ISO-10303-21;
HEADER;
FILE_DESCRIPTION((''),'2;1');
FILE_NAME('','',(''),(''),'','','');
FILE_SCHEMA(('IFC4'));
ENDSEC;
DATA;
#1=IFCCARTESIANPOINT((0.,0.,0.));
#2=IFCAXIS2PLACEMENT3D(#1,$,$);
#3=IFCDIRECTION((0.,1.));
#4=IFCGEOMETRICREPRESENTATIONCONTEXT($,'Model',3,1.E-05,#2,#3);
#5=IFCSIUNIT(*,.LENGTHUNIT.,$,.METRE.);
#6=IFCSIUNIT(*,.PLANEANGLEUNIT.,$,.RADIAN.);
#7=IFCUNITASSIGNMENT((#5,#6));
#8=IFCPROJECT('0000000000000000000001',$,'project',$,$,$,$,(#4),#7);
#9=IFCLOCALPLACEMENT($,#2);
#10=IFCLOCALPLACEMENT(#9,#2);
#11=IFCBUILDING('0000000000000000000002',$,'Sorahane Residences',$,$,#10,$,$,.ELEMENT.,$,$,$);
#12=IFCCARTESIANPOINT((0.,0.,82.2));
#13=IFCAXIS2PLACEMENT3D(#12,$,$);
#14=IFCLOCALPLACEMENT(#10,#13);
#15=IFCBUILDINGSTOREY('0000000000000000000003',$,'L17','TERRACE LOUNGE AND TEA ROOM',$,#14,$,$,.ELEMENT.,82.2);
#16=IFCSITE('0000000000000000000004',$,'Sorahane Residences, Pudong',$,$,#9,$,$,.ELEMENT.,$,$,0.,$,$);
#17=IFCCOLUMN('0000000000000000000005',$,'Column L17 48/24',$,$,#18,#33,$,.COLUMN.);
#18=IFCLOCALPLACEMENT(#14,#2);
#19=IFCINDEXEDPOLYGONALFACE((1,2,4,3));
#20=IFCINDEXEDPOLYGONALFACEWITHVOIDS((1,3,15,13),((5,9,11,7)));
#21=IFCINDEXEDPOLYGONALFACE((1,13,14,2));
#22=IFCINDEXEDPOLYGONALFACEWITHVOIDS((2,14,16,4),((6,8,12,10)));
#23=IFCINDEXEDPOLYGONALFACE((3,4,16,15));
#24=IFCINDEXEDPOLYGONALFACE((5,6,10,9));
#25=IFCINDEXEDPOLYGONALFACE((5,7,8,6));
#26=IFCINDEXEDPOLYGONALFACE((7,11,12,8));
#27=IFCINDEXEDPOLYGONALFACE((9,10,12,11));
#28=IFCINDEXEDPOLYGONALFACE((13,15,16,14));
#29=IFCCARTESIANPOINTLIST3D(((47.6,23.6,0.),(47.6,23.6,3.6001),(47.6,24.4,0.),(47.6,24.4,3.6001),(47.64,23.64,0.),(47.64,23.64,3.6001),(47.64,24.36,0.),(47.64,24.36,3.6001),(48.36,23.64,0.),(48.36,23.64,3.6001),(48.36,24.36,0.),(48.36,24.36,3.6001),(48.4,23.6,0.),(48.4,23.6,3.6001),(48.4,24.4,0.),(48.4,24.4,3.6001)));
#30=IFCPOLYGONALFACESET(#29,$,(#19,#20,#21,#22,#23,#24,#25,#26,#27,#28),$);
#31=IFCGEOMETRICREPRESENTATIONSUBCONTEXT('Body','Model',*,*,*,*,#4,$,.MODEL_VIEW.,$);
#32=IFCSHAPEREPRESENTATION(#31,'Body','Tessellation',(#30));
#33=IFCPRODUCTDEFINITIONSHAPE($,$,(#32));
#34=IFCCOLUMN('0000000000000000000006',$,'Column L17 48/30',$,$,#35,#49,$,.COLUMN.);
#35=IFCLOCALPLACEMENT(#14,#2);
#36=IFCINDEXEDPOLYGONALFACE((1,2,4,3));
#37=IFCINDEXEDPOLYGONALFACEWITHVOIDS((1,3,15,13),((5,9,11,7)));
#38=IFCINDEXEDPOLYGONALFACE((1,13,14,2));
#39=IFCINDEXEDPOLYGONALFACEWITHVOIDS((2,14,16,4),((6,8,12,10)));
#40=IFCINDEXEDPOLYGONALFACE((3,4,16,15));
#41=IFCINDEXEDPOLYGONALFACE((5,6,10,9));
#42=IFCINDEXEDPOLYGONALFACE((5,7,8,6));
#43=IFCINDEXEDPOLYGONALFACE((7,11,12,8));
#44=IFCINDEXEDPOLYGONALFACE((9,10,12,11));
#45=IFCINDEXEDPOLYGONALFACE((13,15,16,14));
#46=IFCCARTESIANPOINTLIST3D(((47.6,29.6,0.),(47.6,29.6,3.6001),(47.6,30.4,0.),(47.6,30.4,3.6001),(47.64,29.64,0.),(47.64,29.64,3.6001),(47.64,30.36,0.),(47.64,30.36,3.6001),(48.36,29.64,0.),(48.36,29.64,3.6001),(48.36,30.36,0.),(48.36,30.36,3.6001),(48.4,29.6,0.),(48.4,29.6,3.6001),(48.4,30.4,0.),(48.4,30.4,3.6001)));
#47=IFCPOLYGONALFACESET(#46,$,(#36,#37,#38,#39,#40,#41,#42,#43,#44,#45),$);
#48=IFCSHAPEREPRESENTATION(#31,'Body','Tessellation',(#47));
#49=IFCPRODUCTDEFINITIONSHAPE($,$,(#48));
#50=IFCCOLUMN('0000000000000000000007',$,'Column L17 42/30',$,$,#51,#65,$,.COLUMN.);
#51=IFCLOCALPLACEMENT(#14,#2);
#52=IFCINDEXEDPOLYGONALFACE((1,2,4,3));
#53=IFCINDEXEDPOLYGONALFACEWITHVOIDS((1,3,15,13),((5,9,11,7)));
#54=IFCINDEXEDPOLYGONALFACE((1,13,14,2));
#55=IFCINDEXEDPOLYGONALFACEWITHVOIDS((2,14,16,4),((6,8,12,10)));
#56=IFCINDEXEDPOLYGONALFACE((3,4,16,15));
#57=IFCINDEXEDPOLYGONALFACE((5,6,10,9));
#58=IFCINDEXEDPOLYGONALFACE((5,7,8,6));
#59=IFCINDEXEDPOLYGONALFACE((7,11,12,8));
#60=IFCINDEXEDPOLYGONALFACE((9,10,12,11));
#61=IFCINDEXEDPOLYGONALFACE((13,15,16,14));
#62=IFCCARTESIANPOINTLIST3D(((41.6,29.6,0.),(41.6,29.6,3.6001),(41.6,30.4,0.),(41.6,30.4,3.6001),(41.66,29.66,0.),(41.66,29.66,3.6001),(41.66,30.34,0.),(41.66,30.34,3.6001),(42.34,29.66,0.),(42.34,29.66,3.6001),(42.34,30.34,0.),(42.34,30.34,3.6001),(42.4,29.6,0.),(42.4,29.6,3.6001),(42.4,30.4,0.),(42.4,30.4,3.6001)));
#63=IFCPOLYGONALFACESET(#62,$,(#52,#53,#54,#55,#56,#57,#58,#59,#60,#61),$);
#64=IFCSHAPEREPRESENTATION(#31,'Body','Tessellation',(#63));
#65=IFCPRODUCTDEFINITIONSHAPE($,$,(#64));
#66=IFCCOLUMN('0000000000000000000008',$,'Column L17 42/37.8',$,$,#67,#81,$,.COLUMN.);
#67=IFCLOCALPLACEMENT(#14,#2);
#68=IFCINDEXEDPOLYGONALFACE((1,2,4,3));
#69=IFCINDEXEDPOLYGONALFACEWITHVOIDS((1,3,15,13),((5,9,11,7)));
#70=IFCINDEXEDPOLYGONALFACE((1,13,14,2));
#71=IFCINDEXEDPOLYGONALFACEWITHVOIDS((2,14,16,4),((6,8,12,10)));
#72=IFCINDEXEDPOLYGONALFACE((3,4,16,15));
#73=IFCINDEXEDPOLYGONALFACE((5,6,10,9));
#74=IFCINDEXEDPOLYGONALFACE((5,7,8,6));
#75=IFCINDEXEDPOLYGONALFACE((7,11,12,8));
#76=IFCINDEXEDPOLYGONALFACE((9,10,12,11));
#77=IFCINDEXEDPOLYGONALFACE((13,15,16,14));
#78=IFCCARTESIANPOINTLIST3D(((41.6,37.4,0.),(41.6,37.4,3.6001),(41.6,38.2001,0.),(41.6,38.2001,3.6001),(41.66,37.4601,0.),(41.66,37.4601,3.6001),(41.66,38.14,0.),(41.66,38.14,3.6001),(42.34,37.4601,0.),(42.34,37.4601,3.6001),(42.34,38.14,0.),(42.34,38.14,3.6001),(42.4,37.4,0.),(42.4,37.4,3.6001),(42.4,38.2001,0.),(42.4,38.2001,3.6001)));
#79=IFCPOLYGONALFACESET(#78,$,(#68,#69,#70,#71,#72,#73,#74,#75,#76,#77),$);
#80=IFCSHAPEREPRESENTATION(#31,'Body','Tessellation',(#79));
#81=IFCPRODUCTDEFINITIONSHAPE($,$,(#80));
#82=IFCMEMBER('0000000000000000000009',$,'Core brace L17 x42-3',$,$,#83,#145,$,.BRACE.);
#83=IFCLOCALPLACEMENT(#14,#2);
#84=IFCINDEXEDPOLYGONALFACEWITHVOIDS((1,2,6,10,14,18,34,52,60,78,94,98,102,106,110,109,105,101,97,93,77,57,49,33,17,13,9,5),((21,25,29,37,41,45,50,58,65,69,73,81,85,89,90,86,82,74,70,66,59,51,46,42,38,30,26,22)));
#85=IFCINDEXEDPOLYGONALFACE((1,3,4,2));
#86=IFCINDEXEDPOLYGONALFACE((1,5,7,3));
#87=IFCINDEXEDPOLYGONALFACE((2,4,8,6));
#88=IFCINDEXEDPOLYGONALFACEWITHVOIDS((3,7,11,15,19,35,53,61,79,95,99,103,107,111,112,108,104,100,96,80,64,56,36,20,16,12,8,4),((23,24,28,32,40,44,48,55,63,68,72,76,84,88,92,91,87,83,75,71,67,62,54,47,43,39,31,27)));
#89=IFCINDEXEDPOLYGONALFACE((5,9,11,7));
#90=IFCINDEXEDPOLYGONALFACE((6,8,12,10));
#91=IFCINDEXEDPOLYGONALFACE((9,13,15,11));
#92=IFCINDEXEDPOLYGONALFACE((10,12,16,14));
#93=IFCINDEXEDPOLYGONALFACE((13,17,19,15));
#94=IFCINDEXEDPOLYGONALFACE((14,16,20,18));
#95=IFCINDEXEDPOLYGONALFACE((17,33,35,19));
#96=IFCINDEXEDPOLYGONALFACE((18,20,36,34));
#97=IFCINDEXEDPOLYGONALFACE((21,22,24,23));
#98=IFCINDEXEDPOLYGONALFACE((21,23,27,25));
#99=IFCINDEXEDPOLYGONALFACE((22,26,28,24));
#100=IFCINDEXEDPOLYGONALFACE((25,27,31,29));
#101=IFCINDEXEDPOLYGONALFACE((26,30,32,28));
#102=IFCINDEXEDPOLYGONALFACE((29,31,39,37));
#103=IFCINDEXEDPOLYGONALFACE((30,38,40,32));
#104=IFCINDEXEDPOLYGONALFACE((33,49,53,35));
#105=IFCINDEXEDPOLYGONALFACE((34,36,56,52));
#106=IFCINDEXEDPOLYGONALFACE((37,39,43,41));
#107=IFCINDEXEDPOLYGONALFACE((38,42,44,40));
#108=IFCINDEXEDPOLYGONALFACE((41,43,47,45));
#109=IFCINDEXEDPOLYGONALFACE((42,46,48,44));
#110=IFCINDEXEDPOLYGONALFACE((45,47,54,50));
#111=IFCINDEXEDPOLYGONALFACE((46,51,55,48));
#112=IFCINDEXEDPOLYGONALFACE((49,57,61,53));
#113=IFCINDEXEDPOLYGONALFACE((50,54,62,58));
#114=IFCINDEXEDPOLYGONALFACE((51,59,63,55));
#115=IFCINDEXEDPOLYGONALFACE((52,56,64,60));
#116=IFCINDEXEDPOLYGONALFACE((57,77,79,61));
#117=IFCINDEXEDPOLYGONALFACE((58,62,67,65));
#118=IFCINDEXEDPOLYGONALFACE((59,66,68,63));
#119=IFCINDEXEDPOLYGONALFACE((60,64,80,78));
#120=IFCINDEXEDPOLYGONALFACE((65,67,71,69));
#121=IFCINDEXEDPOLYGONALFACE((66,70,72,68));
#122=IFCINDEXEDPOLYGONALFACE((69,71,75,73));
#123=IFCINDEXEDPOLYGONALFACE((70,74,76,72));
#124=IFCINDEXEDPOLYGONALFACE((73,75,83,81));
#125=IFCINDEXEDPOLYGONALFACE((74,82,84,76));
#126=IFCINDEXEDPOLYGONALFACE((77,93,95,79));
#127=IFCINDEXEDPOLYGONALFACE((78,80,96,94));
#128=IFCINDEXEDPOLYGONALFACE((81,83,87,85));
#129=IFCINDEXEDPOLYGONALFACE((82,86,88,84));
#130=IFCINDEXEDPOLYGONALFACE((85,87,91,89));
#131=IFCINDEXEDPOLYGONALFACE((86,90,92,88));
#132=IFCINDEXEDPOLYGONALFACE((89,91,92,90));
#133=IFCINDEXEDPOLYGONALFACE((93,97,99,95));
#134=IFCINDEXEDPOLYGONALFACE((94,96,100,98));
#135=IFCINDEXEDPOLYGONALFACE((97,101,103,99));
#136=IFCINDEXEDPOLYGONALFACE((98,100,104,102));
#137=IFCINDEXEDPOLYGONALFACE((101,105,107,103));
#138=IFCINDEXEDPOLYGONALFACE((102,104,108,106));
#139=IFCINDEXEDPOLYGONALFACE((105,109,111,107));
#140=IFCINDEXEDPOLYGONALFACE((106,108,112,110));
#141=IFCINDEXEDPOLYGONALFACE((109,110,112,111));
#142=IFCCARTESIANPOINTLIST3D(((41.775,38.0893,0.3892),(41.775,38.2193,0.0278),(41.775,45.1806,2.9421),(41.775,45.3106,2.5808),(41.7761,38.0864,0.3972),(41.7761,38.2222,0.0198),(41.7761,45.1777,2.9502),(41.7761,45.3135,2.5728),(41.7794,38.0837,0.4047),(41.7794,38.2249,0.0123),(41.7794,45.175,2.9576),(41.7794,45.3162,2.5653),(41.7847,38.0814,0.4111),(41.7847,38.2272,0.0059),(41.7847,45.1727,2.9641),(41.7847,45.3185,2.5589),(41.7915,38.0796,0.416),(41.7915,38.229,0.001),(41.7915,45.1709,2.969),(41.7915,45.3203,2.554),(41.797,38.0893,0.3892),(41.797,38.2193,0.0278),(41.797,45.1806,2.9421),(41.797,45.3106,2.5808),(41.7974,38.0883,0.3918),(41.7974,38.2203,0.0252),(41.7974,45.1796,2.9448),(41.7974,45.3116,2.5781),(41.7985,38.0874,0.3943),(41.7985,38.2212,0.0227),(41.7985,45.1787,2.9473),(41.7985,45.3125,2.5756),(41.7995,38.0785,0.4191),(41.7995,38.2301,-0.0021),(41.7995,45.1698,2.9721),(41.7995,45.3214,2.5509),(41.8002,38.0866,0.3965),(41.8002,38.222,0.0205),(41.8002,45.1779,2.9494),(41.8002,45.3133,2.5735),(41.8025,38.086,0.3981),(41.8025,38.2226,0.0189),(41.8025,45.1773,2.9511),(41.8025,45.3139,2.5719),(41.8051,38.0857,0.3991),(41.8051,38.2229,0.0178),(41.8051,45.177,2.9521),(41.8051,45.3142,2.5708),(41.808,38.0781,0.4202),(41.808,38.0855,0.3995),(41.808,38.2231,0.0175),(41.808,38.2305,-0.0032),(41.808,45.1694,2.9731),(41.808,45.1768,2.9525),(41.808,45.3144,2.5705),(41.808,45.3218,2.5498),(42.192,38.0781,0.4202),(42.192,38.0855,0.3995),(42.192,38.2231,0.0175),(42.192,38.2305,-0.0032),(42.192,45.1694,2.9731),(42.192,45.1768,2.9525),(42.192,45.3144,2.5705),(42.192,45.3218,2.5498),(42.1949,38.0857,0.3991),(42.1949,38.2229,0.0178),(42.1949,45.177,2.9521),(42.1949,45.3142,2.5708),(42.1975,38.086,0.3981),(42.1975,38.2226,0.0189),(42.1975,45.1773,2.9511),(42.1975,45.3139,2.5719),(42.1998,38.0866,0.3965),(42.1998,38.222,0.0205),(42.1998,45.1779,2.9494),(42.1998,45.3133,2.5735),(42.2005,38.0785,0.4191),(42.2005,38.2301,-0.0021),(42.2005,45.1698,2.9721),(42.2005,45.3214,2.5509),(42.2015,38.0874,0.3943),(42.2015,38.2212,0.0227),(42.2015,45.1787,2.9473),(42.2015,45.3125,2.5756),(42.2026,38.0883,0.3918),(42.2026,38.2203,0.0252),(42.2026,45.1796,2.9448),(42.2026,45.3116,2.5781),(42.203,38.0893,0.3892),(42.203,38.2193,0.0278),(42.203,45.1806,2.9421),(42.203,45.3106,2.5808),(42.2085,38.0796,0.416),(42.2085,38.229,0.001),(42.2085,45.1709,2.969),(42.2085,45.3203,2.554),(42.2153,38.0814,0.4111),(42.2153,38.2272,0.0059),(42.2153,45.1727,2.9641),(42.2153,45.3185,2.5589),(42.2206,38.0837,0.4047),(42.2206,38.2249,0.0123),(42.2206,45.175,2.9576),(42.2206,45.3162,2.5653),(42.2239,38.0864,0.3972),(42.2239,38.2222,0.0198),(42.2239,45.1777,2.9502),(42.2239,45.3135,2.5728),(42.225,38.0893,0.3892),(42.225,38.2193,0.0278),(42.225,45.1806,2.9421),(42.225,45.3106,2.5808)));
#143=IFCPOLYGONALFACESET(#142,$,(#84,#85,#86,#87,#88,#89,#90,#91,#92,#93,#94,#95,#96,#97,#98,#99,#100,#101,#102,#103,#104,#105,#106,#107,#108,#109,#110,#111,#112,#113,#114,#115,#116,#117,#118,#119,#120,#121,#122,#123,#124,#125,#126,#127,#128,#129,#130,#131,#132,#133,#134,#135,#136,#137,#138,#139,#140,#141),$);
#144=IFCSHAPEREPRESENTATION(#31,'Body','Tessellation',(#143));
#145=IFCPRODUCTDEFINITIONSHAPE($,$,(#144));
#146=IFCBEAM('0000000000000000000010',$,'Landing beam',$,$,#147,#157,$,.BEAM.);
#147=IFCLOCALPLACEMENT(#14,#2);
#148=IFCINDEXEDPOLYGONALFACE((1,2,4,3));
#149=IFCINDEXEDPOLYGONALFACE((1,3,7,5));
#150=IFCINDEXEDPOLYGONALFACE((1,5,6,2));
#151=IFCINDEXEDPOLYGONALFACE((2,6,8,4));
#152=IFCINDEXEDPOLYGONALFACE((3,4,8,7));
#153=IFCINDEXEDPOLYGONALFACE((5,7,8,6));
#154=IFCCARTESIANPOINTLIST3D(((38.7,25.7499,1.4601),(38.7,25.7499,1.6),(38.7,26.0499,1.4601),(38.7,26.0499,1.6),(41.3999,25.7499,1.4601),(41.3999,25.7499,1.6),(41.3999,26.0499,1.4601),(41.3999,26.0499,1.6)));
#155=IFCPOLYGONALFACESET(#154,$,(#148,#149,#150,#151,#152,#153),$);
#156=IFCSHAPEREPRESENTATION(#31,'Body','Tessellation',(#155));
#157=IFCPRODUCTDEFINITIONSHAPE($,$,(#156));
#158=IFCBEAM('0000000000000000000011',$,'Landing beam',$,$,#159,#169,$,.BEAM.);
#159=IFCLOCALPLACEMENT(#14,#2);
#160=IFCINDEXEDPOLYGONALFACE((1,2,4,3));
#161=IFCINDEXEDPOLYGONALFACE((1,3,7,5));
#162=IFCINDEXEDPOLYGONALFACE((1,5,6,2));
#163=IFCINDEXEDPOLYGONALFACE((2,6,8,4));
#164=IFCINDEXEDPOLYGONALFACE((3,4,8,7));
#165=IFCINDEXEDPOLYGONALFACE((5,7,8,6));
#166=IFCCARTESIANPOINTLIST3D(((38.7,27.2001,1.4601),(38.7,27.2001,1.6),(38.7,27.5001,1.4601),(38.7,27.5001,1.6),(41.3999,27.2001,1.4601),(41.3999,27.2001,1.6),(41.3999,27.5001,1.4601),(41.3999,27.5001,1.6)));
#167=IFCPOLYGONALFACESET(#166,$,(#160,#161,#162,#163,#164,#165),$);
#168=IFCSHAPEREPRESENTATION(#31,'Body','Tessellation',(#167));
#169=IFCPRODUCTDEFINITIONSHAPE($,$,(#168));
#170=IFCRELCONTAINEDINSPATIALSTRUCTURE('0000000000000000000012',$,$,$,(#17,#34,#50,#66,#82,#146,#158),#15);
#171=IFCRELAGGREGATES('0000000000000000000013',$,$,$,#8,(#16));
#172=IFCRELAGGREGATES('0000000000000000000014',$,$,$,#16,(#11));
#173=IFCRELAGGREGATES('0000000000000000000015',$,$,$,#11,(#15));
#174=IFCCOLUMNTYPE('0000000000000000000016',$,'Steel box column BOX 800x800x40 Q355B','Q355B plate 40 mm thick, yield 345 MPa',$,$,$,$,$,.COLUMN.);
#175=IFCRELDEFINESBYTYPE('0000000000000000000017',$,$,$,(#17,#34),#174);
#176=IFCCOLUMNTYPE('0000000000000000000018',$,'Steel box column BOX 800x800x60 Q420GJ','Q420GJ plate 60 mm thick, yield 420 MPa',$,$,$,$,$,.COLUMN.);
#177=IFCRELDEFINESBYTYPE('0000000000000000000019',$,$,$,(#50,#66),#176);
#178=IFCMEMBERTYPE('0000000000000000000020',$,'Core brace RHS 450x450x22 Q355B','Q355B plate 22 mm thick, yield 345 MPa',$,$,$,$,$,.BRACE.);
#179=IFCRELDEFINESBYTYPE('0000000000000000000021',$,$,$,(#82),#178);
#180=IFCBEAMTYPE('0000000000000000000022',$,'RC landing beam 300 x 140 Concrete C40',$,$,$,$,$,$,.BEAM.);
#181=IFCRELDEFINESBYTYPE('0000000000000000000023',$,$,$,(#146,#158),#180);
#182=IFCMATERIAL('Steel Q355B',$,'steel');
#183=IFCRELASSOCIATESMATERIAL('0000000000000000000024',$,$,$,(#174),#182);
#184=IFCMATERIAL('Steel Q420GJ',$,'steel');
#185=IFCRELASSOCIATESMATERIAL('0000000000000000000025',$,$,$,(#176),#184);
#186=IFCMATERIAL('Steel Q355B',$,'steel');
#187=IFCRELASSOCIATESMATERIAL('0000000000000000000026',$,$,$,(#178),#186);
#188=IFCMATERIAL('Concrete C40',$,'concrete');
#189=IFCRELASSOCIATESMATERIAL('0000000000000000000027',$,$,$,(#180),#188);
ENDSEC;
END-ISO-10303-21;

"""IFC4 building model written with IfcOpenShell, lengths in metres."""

from ifc_helpers import new_model, si_unit, direction, frame, origin, origin_2d, place, context, subcontext, project, spatial, rectangle, hollow_rectangle, extrude, material, material_profile, profile_set, type_object, element, save


model = new_model("IFC4")

# Units and contexts
model_context = context("Model", 3, precision=1e-05, world=origin(), true_north=direction((0.0, 1.0)))
body_context = subcontext(model_context, "Body", "Model", "MODEL_VIEW")
ifc_project = project(units=[si_unit("LENGTHUNIT", "METRE"), si_unit("PLANEANGLEUNIT", "RADIAN")], contexts=[model_context])

# Site, building, storey
site_placement = place(None, origin())
site = spatial("IfcSite", under=ifc_project, at=site_placement, Name="Sorahane Residences, Pudong", CompositionType="ELEMENT", RefElevation=0.0)
building_placement = place(site_placement, origin())
building = spatial("IfcBuilding", under=site, at=building_placement, Name="Sorahane Residences", CompositionType="ELEMENT")
storey_placement = place(building_placement, frame((0.0, 0.0, 82.2)))
storey = spatial("IfcBuildingStorey", under=building, at=storey_placement, Name="L17", Description="TERRACE LOUNGE AND TEA ROOM", CompositionType="ELEMENT", Elevation=82.2)

# Columns
ifc_material_1 = material(Name="Steel Q355B", Category="steel")
ifc_material_profile_1 = material_profile(ifc_material_1, hollow_rectangle(XDim=0.8, YDim=0.8, WallThickness=0.04, at=origin_2d()), Name="BOX 800x800x40")
ifc_profile_set_1 = profile_set([ifc_material_profile_1], Name="Steel Q355B")
column_type_1 = type_object("IfcColumnType", Name="Steel box column BOX 800x800x40 Q355B", Description="Q355B plate 40 mm thick, yield 345 MPa", PredefinedType="COLUMN", material=ifc_profile_set_1)
for number, where, z_axis, x_axis, name in (
    (1, (48.0, 24.0, 0.0), (0.0, 0.0, 1.0), (1.0, 0.0, 0.0), "Column L17 48/24"),
    (2, (48.0, 30.0, 0.0), (0.0, 0.0, 1.0), (1.0, 0.0, 0.0), "Column L17 48/30"),
):
    element("IfcColumn", number, at=place(storey_placement, frame(where, z_axis=z_axis, x_axis=x_axis)), inside=storey, type_object=column_type_1, Name=name, PredefinedType="COLUMN", context=body_context, shape_type="SweptSolid", body=[
        extrude(hollow_rectangle(XDim=0.8, YDim=0.8, WallThickness=0.04, at=origin_2d()), origin(), (0.0, 0.0, 1.0), 3.6001),
    ])
ifc_material_2 = material(Name="Steel Q420GJ", Category="steel")
ifc_material_profile_2 = material_profile(ifc_material_2, hollow_rectangle(XDim=0.8, YDim=0.8, WallThickness=0.0601, at=origin_2d()), Name="BOX 800x800x60")
ifc_profile_set_2 = profile_set([ifc_material_profile_2], Name="Steel Q420GJ")
column_type_2 = type_object("IfcColumnType", Name="Steel box column BOX 800x800x60 Q420GJ", Description="Q420GJ plate 60 mm thick, yield 420 MPa", PredefinedType="COLUMN", material=ifc_profile_set_2)
for number, where, z_axis, x_axis, name in (
    (3, (42.0, 30.0, 0.0), (0.0, 0.0, 1.0), (1.0, 0.0, 0.0), "Column L17 42/30"),
    (4, (42.0, 37.8, 0.0), (0.0, 0.0, 1.0), (1.0, 0.0, 0.0), "Column L17 42/37.8"),
):
    element("IfcColumn", number, at=place(storey_placement, frame(where, z_axis=z_axis, x_axis=x_axis)), inside=storey, type_object=column_type_2, Name=name, PredefinedType="COLUMN", context=body_context, shape_type="SweptSolid", body=[
        extrude(hollow_rectangle(XDim=0.8, YDim=0.8, WallThickness=0.0601, at=origin_2d()), origin(), (0.0, 0.0, 1.0), 3.6001),
    ])

# Member
ifc_material_3 = material(Name="Steel Q355B", Category="steel")
ifc_material_profile_3 = material_profile(ifc_material_3, hollow_rectangle(XDim=0.45, YDim=0.45, WallThickness=0.022, InnerFilletRadius=0.011, OuterFilletRadius=0.033, at=origin_2d()), Name="RHS 450x450x22")
ifc_profile_set_3 = profile_set([ifc_material_profile_3], Name="Steel Q355B")
member_type = type_object("IfcMemberType", Name="Core brace RHS 450x450x22 Q355B", Description="Q355B plate 22 mm thick, yield 345 MPa", PredefinedType="BRACE", material=ifc_profile_set_3)
member_placement = place(storey_placement, frame((42.0, 38.1543, 0.2085), z_axis=(0.0, 0.940883, 0.338732), x_axis=(-1.0, 0.0, 0.0)))
element("IfcMember", 5, at=member_placement, inside=storey, type_object=member_type, Name="Core brace L17 x42-3", PredefinedType="BRACE", context=body_context, shape_type="SweptSolid", body=[
    extrude(hollow_rectangle(XDim=0.45, YDim=0.45, WallThickness=0.022, InnerFilletRadius=0.011, OuterFilletRadius=0.033, at=origin_2d()), origin(), (0.0, 0.0, 1.0), 7.5369),
])

# Beams
ifc_material_4 = material(Name="Concrete C40", Category="concrete")
ifc_material_profile_4 = material_profile(ifc_material_4, rectangle(XDim=0.3, YDim=0.1399, at=origin_2d()), Name="300x140")
ifc_profile_set_4 = profile_set([ifc_material_profile_4], Name="Concrete C40")
beam_type_1 = type_object("IfcBeamType", Name="RC landing beam 300 x 140 Concrete C40", PredefinedType="BEAM", material=ifc_profile_set_4)
for number, where, z_axis, x_axis, name in (
    (6, (38.7, 25.8999, 1.53), (1.0, 0.0, 0.0), (0.0, 1.0, 0.0), "Landing beam"),
    (7, (38.7, 27.3501, 1.53), (1.0, 0.0, 0.0), (0.0, 1.0, 0.0), "Landing beam"),
):
    element("IfcBeam", number, at=place(storey_placement, frame(where, z_axis=z_axis, x_axis=x_axis)), inside=storey, type_object=beam_type_1, Name=name, PredefinedType="BEAM", context=body_context, shape_type="SweptSolid", body=[
        extrude(rectangle(XDim=0.3, YDim=0.1399, at=origin_2d()), origin(), (0.0, 0.0, 1.0), 2.7),
    ])

save(model, "model.ifc")
